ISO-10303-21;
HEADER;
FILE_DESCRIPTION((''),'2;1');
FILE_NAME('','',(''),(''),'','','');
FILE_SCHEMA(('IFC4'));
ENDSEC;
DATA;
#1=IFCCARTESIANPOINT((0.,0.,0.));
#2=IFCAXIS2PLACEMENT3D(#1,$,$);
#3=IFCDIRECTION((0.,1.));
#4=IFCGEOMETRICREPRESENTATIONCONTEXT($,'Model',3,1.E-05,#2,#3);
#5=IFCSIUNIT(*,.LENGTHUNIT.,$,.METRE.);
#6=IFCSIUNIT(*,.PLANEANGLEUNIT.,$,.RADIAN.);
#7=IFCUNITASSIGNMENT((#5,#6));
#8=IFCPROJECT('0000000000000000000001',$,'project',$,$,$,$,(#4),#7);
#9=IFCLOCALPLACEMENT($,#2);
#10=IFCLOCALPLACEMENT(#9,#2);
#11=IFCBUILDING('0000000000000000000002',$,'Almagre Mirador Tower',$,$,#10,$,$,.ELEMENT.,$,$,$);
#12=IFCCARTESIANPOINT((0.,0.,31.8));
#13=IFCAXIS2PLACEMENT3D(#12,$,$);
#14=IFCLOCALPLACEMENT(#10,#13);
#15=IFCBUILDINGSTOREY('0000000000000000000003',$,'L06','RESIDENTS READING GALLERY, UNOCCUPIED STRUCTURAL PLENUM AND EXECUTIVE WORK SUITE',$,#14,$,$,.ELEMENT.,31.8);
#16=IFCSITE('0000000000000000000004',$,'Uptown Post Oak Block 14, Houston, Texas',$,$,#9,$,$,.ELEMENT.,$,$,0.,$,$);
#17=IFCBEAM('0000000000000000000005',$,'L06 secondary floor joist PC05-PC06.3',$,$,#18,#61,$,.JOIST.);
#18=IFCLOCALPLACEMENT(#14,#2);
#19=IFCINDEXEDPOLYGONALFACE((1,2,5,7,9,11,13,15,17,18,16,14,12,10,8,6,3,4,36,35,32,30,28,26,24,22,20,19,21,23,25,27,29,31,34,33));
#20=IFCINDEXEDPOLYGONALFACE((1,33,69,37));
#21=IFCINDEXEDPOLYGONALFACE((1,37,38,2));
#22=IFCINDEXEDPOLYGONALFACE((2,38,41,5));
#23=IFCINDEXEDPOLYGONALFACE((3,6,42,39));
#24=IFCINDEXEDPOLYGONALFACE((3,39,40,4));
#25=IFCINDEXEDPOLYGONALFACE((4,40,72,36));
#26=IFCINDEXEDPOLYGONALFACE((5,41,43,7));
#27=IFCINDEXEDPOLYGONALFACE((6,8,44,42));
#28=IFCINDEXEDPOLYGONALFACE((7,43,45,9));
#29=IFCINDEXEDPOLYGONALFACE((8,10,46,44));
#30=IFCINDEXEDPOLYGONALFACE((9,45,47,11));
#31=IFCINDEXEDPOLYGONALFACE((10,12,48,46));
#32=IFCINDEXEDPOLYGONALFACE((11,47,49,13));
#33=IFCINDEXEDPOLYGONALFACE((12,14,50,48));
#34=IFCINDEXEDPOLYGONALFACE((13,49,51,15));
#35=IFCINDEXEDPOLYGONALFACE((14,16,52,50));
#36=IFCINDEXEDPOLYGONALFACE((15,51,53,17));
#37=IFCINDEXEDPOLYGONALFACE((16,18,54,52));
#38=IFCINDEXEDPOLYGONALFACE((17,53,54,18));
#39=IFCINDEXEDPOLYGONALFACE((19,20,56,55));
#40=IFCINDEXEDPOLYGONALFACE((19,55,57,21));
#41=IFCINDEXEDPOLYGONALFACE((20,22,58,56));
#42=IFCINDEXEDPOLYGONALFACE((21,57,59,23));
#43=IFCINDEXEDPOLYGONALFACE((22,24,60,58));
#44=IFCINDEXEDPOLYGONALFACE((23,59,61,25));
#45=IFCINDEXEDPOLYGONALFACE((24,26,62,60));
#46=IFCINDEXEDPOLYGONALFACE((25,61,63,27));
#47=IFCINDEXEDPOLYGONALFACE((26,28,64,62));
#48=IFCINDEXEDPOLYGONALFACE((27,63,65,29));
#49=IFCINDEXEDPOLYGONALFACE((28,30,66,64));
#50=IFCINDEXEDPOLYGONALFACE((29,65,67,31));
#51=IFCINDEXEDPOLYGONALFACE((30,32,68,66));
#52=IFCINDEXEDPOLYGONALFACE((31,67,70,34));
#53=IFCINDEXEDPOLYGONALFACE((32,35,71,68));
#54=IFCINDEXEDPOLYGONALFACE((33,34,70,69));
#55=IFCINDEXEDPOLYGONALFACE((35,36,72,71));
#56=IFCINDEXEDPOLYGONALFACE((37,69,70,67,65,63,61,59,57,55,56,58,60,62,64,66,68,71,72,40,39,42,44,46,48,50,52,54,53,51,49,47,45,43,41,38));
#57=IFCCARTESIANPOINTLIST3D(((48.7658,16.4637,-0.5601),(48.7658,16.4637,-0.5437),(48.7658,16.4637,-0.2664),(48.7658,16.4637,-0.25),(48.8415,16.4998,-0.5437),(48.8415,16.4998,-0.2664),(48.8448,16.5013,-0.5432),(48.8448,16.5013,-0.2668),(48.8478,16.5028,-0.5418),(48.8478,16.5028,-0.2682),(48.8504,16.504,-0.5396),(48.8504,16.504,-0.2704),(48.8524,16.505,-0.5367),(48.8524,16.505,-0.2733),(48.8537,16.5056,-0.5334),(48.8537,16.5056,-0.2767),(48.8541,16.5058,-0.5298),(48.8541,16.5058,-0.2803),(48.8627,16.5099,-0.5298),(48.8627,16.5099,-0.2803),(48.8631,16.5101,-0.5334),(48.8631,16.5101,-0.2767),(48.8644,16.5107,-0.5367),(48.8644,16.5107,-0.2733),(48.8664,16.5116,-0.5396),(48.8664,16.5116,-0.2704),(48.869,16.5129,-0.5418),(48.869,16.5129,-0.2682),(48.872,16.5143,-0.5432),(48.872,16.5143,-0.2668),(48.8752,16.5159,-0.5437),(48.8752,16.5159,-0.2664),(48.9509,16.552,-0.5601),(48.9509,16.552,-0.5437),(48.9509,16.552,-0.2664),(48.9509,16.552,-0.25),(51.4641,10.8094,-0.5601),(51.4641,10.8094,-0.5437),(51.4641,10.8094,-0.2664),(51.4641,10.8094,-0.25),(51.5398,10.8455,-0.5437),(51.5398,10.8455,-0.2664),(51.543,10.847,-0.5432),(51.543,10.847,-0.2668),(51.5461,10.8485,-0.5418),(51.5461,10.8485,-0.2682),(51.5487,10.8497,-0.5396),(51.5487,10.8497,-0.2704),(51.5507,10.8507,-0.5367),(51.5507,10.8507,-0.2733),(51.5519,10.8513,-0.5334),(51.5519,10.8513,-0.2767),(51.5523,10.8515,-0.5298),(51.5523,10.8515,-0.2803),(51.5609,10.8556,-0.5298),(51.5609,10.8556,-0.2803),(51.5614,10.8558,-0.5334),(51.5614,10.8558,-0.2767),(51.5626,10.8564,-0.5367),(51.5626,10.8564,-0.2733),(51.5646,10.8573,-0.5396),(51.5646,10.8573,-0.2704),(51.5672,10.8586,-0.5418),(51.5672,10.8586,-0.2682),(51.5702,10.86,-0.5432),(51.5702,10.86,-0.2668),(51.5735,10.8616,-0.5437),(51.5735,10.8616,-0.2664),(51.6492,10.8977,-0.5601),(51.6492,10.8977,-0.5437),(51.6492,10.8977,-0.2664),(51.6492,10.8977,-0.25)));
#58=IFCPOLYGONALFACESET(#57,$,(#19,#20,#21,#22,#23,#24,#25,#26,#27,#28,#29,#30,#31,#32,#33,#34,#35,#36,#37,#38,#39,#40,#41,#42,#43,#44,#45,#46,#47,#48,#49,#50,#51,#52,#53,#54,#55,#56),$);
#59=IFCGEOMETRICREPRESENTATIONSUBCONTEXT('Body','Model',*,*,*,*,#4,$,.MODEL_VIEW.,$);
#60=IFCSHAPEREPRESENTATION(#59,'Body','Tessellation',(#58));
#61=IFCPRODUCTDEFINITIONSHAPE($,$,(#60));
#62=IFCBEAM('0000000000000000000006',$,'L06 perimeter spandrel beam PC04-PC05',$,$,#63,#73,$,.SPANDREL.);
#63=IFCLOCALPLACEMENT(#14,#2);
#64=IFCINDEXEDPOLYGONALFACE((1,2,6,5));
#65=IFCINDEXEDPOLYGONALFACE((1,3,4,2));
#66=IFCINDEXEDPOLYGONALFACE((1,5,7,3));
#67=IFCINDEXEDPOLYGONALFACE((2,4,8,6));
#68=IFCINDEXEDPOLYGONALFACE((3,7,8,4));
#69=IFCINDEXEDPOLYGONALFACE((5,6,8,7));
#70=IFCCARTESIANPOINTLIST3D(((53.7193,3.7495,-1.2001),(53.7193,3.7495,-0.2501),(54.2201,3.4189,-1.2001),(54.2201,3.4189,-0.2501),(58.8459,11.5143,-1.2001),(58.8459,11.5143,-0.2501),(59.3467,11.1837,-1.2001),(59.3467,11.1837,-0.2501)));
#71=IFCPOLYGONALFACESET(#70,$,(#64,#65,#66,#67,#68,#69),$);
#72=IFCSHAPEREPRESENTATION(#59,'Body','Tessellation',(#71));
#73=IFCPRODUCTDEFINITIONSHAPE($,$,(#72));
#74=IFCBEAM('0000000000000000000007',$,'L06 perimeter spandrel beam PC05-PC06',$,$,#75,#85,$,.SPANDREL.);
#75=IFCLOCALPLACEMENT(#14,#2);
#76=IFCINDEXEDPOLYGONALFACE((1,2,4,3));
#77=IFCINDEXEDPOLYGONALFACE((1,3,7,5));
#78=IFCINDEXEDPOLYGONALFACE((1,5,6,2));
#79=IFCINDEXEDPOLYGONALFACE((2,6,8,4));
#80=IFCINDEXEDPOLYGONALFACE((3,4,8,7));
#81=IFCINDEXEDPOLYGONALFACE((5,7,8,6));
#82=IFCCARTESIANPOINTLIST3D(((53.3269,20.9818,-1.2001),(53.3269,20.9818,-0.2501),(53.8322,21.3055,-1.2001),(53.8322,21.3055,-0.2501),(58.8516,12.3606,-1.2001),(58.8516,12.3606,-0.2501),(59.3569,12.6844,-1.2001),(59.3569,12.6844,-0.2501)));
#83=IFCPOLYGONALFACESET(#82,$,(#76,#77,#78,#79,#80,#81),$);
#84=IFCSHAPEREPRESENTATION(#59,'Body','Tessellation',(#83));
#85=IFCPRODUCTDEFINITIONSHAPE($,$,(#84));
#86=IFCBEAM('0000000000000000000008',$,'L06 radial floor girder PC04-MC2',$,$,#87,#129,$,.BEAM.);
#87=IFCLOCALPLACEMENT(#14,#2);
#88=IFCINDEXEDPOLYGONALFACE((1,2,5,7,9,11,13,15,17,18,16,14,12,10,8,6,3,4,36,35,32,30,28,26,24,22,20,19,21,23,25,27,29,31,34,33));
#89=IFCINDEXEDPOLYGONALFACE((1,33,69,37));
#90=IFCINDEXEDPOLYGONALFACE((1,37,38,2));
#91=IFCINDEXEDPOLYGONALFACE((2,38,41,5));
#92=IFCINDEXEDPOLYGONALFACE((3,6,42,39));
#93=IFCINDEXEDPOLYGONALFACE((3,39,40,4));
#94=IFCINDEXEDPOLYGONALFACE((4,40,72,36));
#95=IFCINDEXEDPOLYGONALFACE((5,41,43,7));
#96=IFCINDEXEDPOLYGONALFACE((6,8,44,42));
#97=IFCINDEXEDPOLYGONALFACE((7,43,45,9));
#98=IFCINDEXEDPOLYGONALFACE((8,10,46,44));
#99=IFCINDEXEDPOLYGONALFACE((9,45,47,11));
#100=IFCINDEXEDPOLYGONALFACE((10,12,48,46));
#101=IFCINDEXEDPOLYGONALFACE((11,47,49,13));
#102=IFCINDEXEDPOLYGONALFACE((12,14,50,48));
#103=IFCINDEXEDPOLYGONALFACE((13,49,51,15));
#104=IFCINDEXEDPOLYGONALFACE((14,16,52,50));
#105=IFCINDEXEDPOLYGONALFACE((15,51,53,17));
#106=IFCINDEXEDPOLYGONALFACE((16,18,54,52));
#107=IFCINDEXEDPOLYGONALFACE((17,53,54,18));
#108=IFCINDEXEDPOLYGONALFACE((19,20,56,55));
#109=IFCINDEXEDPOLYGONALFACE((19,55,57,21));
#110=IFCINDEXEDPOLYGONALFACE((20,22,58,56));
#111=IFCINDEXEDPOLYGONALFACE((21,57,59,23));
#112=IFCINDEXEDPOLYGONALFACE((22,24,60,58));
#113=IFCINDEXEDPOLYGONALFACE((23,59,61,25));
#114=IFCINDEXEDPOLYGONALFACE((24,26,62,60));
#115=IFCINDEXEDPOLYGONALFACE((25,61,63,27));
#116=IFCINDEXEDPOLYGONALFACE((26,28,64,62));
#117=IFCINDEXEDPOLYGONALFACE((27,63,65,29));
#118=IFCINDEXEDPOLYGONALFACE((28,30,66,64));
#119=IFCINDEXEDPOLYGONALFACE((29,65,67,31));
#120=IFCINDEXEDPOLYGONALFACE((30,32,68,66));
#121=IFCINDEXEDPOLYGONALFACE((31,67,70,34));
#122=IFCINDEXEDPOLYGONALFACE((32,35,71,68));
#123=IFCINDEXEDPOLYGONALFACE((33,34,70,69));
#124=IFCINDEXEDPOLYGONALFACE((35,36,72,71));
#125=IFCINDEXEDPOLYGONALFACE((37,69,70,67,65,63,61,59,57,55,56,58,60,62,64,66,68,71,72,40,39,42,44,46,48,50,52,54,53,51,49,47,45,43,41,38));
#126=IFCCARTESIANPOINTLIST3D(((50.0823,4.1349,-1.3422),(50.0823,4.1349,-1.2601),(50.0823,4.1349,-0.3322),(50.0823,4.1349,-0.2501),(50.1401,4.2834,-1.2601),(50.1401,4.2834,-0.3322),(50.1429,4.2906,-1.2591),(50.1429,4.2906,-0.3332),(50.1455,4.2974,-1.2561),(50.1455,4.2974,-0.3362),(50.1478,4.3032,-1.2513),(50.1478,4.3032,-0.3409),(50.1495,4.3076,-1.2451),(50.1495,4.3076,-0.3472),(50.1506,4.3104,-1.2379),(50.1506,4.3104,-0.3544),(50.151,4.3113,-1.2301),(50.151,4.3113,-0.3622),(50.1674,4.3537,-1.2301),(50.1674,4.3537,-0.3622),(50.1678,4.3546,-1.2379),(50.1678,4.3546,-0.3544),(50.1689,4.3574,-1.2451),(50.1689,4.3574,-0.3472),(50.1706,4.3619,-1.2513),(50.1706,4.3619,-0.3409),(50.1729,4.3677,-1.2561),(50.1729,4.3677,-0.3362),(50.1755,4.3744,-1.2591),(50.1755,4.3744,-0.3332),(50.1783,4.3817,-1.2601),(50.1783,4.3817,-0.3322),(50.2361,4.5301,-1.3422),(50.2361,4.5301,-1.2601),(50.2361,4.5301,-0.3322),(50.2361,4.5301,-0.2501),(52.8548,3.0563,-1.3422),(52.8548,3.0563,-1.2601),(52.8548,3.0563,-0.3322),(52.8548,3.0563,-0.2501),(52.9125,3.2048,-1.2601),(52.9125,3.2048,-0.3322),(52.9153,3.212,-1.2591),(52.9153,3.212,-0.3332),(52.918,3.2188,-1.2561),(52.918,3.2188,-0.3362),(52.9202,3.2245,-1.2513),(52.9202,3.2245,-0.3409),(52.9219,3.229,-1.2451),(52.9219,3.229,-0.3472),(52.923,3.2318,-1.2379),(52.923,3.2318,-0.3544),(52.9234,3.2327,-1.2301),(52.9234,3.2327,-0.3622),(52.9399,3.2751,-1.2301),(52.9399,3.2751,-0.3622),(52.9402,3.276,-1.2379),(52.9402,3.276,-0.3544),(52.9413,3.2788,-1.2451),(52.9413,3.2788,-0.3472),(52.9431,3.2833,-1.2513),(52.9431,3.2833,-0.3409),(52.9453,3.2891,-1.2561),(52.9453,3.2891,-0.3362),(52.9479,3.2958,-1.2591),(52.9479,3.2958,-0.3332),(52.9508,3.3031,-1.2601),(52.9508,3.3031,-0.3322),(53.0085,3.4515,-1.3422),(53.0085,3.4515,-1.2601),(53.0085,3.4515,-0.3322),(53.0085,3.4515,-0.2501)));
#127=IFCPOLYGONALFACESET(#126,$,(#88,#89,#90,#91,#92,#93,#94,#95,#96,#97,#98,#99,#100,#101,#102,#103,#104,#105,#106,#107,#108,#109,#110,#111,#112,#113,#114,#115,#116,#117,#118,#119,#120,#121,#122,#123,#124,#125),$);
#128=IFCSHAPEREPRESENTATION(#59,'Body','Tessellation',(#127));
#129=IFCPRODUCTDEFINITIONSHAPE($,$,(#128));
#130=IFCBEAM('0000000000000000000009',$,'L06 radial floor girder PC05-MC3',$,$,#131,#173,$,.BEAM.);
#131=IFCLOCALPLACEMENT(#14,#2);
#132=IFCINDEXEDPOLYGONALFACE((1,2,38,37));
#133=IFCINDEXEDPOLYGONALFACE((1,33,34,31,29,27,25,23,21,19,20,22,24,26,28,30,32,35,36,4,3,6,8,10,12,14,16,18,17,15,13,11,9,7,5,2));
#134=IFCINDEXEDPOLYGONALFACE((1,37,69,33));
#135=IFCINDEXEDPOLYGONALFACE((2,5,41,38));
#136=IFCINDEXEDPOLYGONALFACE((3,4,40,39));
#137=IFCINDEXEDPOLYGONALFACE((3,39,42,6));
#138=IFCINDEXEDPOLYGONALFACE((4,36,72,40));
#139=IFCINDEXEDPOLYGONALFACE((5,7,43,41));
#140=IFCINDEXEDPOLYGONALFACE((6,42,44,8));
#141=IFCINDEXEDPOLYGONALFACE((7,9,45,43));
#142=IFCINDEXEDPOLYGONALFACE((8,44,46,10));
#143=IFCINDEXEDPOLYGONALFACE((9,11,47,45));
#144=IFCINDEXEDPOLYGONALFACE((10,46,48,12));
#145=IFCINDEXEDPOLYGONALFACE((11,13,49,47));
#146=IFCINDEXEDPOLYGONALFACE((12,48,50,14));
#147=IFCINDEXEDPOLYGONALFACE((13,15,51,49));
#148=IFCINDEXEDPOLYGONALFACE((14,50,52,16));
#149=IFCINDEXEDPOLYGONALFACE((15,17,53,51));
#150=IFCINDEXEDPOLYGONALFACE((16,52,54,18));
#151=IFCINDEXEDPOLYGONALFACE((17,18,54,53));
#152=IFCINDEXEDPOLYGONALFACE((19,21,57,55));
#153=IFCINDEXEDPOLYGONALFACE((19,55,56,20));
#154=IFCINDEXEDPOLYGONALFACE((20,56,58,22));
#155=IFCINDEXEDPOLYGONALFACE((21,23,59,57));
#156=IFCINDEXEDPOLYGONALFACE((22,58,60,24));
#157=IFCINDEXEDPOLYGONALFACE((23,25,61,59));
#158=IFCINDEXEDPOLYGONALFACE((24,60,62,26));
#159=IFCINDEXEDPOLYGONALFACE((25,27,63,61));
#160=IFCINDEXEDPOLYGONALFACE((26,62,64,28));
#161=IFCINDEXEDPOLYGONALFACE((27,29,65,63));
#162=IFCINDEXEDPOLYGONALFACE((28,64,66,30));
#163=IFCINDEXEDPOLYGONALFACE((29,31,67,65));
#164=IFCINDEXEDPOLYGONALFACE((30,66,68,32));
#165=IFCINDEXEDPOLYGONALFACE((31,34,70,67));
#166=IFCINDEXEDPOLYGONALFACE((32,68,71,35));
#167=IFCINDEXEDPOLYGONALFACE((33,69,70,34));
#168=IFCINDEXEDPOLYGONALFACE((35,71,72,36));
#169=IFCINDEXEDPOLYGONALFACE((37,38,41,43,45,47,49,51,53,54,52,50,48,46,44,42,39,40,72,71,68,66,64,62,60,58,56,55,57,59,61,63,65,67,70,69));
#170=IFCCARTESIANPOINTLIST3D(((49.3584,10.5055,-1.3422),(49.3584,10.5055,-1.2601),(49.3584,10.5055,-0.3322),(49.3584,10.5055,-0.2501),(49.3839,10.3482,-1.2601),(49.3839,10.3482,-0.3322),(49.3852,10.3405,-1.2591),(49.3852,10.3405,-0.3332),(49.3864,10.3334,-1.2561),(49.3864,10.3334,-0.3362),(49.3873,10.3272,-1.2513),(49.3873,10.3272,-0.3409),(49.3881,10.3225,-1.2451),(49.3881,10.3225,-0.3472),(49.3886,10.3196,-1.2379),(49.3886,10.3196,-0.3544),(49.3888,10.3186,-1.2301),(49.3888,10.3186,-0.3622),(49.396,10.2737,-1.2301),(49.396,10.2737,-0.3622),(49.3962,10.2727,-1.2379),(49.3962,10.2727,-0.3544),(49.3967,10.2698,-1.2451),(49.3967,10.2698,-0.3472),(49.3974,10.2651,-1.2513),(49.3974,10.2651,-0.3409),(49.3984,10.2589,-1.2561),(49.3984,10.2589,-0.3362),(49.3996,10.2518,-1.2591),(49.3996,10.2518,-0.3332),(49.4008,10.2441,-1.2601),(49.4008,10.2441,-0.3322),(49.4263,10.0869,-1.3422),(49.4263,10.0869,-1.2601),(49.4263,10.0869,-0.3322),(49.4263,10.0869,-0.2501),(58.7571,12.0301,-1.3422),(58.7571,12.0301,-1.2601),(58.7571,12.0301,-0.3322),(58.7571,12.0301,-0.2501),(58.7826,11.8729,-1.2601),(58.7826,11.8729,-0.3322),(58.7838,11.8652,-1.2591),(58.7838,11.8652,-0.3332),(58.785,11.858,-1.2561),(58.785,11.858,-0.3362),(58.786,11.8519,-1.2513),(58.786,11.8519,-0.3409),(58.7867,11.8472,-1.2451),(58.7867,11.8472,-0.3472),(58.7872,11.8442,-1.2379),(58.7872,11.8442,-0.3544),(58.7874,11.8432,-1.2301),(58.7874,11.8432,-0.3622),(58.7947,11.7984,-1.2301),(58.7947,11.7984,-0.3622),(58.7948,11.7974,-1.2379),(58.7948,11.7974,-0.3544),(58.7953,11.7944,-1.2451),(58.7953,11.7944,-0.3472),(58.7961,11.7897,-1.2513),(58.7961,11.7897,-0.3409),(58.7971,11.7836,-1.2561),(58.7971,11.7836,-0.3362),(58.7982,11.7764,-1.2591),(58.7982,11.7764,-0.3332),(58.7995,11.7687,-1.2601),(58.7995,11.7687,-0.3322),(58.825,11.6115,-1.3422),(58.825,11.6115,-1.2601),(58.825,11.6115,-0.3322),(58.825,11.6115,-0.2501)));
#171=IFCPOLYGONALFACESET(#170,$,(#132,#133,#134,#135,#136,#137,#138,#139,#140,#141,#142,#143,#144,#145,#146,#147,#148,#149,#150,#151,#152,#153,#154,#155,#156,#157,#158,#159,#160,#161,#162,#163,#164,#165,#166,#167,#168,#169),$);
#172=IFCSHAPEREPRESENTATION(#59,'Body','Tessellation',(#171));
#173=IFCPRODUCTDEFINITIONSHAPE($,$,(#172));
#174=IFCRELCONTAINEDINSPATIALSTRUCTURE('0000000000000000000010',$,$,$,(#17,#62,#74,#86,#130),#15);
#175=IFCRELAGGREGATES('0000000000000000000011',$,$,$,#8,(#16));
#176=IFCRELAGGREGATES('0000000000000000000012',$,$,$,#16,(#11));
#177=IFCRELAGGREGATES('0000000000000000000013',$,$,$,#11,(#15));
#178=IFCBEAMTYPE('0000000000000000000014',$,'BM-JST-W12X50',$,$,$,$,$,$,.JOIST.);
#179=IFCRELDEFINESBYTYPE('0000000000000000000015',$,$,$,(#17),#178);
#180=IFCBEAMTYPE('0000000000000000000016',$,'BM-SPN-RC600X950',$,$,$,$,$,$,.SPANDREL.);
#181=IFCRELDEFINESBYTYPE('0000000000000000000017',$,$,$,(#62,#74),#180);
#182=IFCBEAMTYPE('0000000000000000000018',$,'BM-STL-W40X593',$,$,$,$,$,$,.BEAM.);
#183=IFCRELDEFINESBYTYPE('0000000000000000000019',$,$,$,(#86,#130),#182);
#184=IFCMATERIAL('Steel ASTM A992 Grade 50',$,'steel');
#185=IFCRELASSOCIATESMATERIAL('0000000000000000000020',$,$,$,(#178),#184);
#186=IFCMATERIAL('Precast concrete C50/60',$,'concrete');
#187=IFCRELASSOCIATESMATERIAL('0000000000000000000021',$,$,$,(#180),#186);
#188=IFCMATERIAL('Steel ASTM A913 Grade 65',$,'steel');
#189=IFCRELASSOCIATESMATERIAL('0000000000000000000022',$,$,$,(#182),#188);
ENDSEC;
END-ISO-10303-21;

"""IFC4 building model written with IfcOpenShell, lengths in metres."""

from ifc_helpers import new_model, si_unit, direction, frame, origin, origin_2d, place, context, subcontext, project, spatial, rectangle, i_section, extrude, material, material_profile, profile_set, type_object, element, save


model = new_model("IFC4")

# Units and contexts
model_context = context("Model", 3, precision=1e-05, world=origin(), true_north=direction((0.0, 1.0)))
body_context = subcontext(model_context, "Body", "Model", "MODEL_VIEW")
ifc_project = project(units=[si_unit("LENGTHUNIT", "METRE"), si_unit("PLANEANGLEUNIT", "RADIAN")], contexts=[model_context])

# Site, building, storey
site_placement = place(None, origin())
site = spatial("IfcSite", under=ifc_project, at=site_placement, Name="Uptown Post Oak Block 14, Houston, Texas", CompositionType="ELEMENT", RefElevation=0.0)
building_placement = place(site_placement, origin())
building = spatial("IfcBuilding", under=site, at=building_placement, Name="Almagre Mirador Tower", CompositionType="ELEMENT")
storey_placement = place(building_placement, frame((0.0, 0.0, 31.8)))
storey = spatial("IfcBuildingStorey", under=building, at=storey_placement, Name="L06", Description="RESIDENTS READING GALLERY, UNOCCUPIED STRUCTURAL PLENUM AND EXECUTIVE WORK SUITE", CompositionType="ELEMENT", Elevation=31.8)

# Beams
ifc_material_1 = material(Name="Steel ASTM A992 Grade 50", Category="steel")
ifc_material_profile_1 = material_profile(ifc_material_1, i_section(OverallWidth=0.2051, OverallDepth=0.3101, WebThickness=0.0095, FlangeThickness=0.0164, FilletRadius=0.0139, at=origin_2d()), Name="W12X50")
ifc_profile_set_1 = profile_set([ifc_material_profile_1], Name="Steel ASTM A992 Grade 50")
beam_type_1 = type_object("IfcBeamType", Name="BM-JST-W12X50", PredefinedType="JOIST", material=ifc_profile_set_1)
beam_1_placement = place(storey_placement, frame((51.5566, 10.8535, -0.405), z_axis=(-0.430678, 0.902506, 0.0), x_axis=(-0.902506, -0.430678, 0.0)))
element("IfcBeam", 1, at=beam_1_placement, inside=storey, type_object=beam_type_1, Name="L06 secondary floor joist PC05-PC06.3", PredefinedType="JOIST", context=body_context, shape_type="SweptSolid", body=[
    extrude(i_section(OverallWidth=0.2051, OverallDepth=0.3101, WebThickness=0.0095, FlangeThickness=0.0164, FilletRadius=0.0139, at=origin_2d()), origin(), (0.0, 0.0, 1.0), 6.2651),
])
ifc_material_2 = material(Name="Precast concrete C50/60", Category="concrete")
ifc_material_profile_2 = material_profile(ifc_material_2, rectangle(XDim=0.6001, YDim=0.95, at=origin_2d()), Name="RC600X950")
ifc_profile_set_2 = profile_set([ifc_material_profile_2], Name="Precast concrete C50/60")
beam_type_2 = type_object("IfcBeamType", Name="BM-SPN-RC600X950", PredefinedType="SPANDREL", material=ifc_profile_set_2)
beam_2_placement = place(storey_placement, frame((53.9697, 3.5842, -0.7251), z_axis=(0.550977, 0.834521, 0.0), x_axis=(-0.834521, 0.550977, 0.0)))
element("IfcBeam", 2, at=beam_2_placement, inside=storey, type_object=beam_type_2, Name="L06 perimeter spandrel beam PC04-PC05", PredefinedType="SPANDREL", context=body_context, shape_type="SweptSolid", body=[
    extrude(rectangle(XDim=0.6001, YDim=0.95, at=origin_2d()), origin(), (0.0, 0.0, 1.0), 9.3044),
])
beam_3_placement = place(storey_placement, frame((59.1042, 12.5225, -0.7251), z_axis=(-0.53955, 0.841954, 0.0), x_axis=(-0.841954, -0.53955, 0.0)))
element("IfcBeam", 3, at=beam_3_placement, inside=storey, type_object=beam_type_2, Name="L06 perimeter spandrel beam PC05-PC06", PredefinedType="SPANDREL", context=body_context, shape_type="SweptSolid", body=[
    extrude(rectangle(XDim=0.6001, YDim=0.95, at=origin_2d()), origin(), (0.0, 0.0, 1.0), 10.2395),
])
ifc_material_3 = material(Name="Steel ASTM A913 Grade 65", Category="steel")
ifc_material_profile_3 = material_profile(ifc_material_3, i_section(OverallWidth=0.4241, OverallDepth=1.092, WebThickness=0.0454, FlangeThickness=0.082, FilletRadius=0.03, at=origin_2d()), Name="W40X593")
ifc_profile_set_3 = profile_set([ifc_material_profile_3], Name="Steel ASTM A913 Grade 65")
beam_type_3 = type_object("IfcBeamType", Name="BM-STL-W40X593", PredefinedType="BEAM", material=ifc_profile_set_3)
beam_4_placement = place(storey_placement, frame((52.9316, 3.2539, -0.7961), z_axis=(-0.931955, 0.362573, 0.0), x_axis=(-0.362573, -0.931955, 0.0)))
element("IfcBeam", 4, at=beam_4_placement, inside=storey, type_object=beam_type_3, Name="L06 radial floor girder PC04-MC2", PredefinedType="BEAM", context=body_context, shape_type="SweptSolid", body=[
    extrude(i_section(OverallWidth=0.4241, OverallDepth=1.092, WebThickness=0.0454, FlangeThickness=0.082, FilletRadius=0.03, at=origin_2d()), origin(), (0.0, 0.0, 1.0), 2.9749),
])
beam_5_placement = place(storey_placement, frame((58.791, 11.8208, -0.7961), z_axis=(-0.987096, -0.160127, 0.0), x_axis=(0.160127, -0.987096, 0.0)))
element("IfcBeam", 5, at=beam_5_placement, inside=storey, type_object=beam_type_3, Name="L06 radial floor girder PC05-MC3", PredefinedType="BEAM", context=body_context, shape_type="SweptSolid", body=[
    extrude(i_section(OverallWidth=0.4241, OverallDepth=1.092, WebThickness=0.0454, FlangeThickness=0.082, FilletRadius=0.03, at=origin_2d()), origin(), (0.0, 0.0, 1.0), 9.5215),
])

save(model, "model.ifc")
